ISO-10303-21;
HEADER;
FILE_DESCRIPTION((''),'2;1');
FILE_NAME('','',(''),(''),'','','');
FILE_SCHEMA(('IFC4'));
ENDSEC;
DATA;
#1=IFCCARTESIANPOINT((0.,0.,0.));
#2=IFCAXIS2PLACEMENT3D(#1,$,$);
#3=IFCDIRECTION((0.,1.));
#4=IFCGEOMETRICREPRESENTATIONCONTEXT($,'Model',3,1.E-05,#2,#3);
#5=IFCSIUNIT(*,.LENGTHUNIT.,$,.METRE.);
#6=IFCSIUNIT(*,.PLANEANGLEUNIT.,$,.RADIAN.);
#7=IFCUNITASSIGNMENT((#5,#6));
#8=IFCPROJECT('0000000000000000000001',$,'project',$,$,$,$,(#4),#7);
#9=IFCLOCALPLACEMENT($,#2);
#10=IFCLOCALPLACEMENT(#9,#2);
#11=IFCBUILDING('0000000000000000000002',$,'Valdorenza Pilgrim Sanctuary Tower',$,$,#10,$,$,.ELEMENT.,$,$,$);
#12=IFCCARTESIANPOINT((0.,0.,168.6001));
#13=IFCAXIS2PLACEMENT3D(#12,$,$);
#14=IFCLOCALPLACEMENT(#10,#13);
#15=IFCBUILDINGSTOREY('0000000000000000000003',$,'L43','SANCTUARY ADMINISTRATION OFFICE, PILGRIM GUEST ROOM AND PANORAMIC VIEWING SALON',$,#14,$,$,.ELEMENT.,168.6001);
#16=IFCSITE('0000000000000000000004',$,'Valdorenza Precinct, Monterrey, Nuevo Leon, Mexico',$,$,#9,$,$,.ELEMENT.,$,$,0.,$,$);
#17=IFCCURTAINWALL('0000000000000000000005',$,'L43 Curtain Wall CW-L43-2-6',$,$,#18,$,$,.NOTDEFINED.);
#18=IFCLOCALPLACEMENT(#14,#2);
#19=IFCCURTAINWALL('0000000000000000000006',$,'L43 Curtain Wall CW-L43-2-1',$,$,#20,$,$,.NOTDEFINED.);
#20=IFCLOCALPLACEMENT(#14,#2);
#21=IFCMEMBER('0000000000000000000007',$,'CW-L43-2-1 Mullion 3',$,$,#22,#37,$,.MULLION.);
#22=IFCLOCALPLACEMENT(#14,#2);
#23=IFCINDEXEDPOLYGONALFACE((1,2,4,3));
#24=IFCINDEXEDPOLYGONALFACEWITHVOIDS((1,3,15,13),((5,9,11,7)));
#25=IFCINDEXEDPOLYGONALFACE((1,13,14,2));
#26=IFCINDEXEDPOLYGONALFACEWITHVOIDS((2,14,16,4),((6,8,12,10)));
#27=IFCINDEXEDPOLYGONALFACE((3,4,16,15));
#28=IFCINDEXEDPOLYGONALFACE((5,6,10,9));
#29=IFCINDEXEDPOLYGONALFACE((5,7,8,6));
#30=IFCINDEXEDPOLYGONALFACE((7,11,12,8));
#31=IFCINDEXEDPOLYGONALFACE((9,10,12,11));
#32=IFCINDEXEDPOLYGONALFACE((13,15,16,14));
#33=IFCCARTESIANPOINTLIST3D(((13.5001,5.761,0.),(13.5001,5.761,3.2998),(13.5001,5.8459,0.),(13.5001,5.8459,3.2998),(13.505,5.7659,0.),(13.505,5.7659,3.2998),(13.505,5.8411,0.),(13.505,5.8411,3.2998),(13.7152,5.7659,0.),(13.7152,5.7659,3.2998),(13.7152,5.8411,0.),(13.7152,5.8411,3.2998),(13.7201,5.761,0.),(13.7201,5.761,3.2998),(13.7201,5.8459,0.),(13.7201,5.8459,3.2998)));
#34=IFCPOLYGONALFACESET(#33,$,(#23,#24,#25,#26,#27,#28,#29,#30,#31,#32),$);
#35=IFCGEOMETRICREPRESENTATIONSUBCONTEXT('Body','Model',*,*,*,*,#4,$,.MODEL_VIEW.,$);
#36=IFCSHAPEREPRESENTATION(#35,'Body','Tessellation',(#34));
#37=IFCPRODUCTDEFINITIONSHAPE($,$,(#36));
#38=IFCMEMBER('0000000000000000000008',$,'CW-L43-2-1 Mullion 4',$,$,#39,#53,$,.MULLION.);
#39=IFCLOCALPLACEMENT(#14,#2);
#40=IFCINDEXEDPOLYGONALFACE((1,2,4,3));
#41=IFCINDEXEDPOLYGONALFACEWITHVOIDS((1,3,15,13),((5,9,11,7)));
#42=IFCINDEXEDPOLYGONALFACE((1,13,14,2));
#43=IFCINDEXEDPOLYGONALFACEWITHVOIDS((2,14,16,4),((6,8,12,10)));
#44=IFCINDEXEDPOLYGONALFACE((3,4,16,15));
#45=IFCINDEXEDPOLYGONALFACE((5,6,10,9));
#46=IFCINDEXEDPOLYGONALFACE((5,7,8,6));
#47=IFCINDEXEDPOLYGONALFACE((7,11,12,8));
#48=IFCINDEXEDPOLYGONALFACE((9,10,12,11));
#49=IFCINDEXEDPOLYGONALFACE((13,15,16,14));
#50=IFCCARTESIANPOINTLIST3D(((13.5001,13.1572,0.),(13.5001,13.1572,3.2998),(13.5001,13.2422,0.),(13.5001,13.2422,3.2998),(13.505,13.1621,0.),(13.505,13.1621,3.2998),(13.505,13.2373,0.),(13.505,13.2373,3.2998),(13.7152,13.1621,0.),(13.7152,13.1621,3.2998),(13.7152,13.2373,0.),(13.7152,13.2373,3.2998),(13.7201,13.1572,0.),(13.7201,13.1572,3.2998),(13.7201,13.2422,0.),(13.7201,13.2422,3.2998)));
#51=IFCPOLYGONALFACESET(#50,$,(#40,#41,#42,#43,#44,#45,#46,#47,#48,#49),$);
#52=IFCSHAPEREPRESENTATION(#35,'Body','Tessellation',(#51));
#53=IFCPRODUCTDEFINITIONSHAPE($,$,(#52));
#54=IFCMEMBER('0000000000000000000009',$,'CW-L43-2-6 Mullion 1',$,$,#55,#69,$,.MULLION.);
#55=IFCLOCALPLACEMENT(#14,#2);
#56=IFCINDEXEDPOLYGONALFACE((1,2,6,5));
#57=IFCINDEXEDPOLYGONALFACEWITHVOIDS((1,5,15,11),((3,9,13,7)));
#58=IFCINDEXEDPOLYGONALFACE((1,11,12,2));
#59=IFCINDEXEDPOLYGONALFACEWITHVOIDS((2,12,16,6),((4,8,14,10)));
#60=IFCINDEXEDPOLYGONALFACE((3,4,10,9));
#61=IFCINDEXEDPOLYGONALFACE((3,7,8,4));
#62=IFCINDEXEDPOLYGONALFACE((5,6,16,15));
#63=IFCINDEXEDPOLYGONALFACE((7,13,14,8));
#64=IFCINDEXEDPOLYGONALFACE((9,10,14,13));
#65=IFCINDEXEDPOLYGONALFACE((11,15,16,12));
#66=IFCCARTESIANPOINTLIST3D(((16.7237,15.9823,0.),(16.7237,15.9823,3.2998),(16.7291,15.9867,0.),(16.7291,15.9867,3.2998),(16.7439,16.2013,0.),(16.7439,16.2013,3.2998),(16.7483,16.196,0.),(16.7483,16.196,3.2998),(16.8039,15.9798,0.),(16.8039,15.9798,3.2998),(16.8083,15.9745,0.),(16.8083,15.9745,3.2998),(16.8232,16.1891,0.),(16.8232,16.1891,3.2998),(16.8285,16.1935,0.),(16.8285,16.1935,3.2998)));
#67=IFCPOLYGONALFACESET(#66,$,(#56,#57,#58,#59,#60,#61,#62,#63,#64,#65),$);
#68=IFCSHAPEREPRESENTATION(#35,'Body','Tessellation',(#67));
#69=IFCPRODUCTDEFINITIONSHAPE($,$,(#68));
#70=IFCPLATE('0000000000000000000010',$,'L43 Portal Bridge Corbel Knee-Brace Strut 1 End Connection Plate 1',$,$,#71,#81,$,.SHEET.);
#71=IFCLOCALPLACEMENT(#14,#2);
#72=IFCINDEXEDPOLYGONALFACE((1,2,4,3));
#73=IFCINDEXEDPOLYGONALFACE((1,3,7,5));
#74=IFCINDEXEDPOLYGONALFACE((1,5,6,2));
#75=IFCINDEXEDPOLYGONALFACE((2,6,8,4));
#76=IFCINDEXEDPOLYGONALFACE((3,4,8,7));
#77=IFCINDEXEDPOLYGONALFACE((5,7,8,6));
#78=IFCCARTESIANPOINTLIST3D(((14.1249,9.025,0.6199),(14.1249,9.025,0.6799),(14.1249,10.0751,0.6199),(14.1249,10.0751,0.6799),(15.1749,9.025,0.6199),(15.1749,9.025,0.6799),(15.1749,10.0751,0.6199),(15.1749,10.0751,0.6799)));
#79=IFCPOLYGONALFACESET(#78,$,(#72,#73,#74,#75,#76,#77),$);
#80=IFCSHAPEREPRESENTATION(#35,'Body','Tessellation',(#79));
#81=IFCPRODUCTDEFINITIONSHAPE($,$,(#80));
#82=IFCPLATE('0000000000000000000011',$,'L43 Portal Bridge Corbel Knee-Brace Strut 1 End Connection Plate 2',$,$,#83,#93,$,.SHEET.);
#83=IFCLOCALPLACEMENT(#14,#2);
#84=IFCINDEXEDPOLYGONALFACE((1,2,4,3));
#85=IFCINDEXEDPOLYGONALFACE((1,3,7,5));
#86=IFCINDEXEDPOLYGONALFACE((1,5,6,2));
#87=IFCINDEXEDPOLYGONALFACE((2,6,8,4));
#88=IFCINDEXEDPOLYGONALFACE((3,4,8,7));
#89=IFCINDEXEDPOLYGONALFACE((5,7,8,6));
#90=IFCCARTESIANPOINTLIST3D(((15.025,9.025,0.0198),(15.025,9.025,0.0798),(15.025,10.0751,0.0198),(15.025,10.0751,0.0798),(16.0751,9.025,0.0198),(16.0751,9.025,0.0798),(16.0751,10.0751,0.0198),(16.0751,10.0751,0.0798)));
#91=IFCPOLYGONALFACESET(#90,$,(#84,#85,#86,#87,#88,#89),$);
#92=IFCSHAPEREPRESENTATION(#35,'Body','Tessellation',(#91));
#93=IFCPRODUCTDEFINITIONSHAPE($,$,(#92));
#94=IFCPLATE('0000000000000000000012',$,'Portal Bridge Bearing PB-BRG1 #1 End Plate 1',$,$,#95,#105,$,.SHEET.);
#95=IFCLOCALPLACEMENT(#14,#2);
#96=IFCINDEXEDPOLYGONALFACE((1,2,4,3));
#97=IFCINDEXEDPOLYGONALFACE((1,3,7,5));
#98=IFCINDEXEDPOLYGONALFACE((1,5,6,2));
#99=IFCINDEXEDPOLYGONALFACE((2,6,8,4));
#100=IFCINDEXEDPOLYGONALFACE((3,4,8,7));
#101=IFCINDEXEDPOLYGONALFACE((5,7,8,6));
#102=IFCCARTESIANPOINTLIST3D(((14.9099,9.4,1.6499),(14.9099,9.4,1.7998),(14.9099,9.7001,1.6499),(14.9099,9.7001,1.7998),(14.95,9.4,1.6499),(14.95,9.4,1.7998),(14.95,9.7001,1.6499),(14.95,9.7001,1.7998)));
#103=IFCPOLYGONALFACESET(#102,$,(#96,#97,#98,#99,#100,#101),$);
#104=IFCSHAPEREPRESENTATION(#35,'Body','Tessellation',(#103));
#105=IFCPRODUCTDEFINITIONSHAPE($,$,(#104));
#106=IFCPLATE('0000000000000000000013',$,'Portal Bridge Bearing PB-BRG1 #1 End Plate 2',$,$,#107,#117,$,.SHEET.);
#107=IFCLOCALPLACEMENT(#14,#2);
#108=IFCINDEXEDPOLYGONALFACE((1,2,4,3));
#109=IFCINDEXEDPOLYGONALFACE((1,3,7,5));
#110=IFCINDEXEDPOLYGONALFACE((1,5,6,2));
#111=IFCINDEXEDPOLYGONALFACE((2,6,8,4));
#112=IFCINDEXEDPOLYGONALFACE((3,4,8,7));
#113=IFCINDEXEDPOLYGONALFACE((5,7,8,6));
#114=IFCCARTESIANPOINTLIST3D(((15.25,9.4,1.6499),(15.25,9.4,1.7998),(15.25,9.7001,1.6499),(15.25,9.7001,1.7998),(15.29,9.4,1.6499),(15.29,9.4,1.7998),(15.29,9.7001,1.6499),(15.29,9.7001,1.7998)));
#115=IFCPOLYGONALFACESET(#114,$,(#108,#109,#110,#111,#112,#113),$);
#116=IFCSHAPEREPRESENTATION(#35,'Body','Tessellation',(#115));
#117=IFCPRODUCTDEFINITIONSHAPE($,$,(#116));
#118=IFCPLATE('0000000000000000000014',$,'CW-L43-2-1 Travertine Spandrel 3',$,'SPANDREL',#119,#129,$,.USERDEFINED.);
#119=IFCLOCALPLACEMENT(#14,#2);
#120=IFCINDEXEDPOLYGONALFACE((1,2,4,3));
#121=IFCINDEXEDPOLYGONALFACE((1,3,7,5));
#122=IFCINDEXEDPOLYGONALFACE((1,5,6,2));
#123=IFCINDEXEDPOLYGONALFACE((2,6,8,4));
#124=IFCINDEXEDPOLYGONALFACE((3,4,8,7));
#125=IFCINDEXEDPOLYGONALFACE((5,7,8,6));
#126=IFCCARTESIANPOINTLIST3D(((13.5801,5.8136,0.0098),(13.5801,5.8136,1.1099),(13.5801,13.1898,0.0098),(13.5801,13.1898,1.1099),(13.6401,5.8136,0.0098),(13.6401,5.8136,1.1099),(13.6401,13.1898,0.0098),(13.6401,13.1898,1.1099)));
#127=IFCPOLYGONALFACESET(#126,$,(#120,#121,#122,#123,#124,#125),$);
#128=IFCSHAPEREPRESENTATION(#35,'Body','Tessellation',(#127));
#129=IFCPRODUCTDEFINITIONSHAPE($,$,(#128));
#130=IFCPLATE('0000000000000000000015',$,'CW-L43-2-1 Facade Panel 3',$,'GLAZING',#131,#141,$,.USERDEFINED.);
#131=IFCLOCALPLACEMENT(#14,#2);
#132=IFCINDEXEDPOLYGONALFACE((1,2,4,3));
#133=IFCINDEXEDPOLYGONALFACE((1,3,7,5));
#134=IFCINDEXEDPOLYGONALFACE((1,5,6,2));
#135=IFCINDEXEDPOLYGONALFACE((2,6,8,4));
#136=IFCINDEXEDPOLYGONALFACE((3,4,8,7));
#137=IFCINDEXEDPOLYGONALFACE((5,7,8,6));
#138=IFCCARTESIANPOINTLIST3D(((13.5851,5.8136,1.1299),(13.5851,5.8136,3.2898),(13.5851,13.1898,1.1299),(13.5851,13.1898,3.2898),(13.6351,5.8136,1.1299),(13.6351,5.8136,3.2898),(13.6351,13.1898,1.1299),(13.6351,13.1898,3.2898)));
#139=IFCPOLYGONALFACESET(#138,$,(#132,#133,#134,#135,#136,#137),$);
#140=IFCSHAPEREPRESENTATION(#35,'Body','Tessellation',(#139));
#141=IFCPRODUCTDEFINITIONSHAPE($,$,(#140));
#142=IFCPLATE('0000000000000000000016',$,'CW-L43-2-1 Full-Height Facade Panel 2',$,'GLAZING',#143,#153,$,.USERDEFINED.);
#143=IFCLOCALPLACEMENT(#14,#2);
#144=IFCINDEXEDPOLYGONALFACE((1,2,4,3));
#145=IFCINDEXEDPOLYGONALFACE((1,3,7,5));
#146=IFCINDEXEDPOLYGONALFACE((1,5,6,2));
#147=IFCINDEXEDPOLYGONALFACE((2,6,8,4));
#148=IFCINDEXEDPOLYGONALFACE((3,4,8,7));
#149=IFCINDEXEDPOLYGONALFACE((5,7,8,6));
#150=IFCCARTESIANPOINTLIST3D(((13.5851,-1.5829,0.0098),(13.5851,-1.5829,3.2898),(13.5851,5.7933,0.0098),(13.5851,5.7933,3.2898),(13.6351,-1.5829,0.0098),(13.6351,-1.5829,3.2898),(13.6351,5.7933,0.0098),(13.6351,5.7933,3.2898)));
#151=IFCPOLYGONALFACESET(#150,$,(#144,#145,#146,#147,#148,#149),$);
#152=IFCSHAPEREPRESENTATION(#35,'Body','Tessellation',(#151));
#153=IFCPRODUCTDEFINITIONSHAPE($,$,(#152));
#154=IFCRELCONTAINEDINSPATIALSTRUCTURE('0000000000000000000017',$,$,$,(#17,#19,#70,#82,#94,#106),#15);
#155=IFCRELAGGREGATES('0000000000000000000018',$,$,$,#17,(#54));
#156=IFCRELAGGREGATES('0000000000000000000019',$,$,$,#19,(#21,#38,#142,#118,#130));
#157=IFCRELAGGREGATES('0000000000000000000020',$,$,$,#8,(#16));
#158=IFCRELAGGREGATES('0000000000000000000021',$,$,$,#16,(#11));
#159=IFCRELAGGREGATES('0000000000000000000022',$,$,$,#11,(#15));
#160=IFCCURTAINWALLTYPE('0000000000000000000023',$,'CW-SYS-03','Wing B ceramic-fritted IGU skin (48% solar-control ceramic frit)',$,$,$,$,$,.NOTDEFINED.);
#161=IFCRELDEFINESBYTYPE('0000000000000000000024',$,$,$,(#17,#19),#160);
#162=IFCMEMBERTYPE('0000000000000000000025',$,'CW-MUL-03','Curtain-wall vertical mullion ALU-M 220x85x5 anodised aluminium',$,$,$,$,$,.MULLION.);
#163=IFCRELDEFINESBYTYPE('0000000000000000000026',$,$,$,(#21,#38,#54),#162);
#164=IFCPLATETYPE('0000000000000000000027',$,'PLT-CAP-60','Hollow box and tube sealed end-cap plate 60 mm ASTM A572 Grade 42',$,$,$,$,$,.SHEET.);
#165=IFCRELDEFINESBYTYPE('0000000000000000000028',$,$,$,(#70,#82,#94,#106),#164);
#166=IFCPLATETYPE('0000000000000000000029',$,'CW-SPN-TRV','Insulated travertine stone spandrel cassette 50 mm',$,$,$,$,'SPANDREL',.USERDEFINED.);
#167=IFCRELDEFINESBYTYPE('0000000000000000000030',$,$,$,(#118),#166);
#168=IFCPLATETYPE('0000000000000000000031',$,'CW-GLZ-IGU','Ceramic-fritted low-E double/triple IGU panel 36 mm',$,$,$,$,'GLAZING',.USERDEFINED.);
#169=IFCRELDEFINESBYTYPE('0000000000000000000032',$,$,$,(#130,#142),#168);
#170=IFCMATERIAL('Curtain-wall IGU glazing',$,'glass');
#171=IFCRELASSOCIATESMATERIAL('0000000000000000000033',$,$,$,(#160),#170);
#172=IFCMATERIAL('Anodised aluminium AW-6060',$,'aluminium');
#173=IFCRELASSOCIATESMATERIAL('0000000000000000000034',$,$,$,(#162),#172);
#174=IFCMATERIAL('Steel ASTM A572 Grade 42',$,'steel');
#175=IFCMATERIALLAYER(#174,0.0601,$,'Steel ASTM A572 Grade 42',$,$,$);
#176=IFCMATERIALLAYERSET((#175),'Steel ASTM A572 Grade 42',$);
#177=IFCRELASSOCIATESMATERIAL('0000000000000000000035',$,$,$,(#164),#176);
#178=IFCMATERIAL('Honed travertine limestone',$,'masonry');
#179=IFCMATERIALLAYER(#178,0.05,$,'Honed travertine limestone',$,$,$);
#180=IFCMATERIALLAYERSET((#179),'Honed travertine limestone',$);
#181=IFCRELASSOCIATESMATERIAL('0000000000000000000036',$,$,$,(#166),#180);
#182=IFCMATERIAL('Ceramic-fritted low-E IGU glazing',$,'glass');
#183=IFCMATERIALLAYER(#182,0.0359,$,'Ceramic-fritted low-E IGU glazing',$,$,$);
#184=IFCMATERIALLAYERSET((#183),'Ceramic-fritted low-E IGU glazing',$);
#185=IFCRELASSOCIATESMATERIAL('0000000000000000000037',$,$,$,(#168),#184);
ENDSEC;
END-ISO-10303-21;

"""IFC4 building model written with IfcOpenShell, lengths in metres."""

from ifc_helpers import new_model, si_unit, direction, frame, origin, origin_2d, place, context, subcontext, project, spatial, rectangle, hollow_rectangle, extrude, source, transform, mapped, material, layer, layer_set, material_profile, profile_set, type_object, element, aggregate, save


model = new_model("IFC4")

# Units and contexts
model_context = context("Model", 3, precision=1e-05, world=origin(), true_north=direction((0.0, 1.0)))
body_context = subcontext(model_context, "Body", "Model", "MODEL_VIEW")
ifc_project = project(units=[si_unit("LENGTHUNIT", "METRE"), si_unit("PLANEANGLEUNIT", "RADIAN")], contexts=[model_context])

# Site, building, storey
site_placement = place(None, origin())
site = spatial("IfcSite", under=ifc_project, at=site_placement, Name="Valdorenza Precinct, Monterrey, Nuevo Leon, Mexico", CompositionType="ELEMENT", RefElevation=0.0)
building_placement = place(site_placement, origin())
building = spatial("IfcBuilding", under=site, at=building_placement, Name="Valdorenza Pilgrim Sanctuary Tower", CompositionType="ELEMENT")
storey_placement = place(building_placement, frame((0.0, 0.0, 168.6001)))
storey = spatial("IfcBuildingStorey", under=building, at=storey_placement, Name="L43", Description="SANCTUARY ADMINISTRATION OFFICE, PILGRIM GUEST ROOM AND PANORAMIC VIEWING SALON", CompositionType="ELEMENT", Elevation=168.6001)

# Shared definitions
ifc_material_1 = material(Name="Steel ASTM A572 Grade 42", Category="steel")

# Curtain wall
ifc_material_2 = material(Name="Curtain-wall IGU glazing", Category="glass")
curtain_wall_type = type_object("IfcCurtainWallType", Name="CW-SYS-03", Description="Wing B ceramic-fritted IGU skin (48% solar-control ceramic frit)", PredefinedType="NOTDEFINED", material=ifc_material_2)
curtain_wall_1_placement = place(storey_placement, origin())
curtain_wall_1 = element("IfcCurtainWall", 1, at=curtain_wall_1_placement, inside=storey, type_object=curtain_wall_type, Name="L43 Curtain Wall CW-L43-2-6", PredefinedType="NOTDEFINED")
ifc_material_3 = material(Name="Anodised aluminium AW-6060", Category="aluminium")

# Curtain wall, members
curtain_wall_2_placement = place(storey_placement, origin())
curtain_wall_2 = element("IfcCurtainWall", 2, at=curtain_wall_2_placement, inside=storey, type_object=curtain_wall_type, Name="L43 Curtain Wall CW-L43-2-1", PredefinedType="NOTDEFINED")
ifc_material_profile_1 = material_profile(ifc_material_3, hollow_rectangle(XDim=0.085, YDim=0.22, WallThickness=0.0049, at=origin_2d()), Name="ALU-M 220x85x5")
ifc_profile_set_1 = profile_set([ifc_material_profile_1], Name="Anodised aluminium AW-6060")
member_type_1 = type_object("IfcMemberType", Name="CW-MUL-03", Description="Curtain-wall vertical mullion ALU-M 220x85x5 anodised aluminium", PredefinedType="MULLION", material=ifc_profile_set_1)
shared_shape_1 = source(origin(), body_context, "Body", "SweptSolid", [
    extrude(hollow_rectangle(XDim=0.085, YDim=0.22, WallThickness=0.0049, at=origin_2d()), origin(), (0.0, 0.0, 1.0), 3.2998),
])
member_1_placement = place(storey_placement, frame((13.6101, 5.8035, 0.0), z_axis=(0.0, 0.0, 1.0), x_axis=(0.0, 1.0, 0.0)))
member_1 = element("IfcMember", 3, at=member_1_placement, type_object=member_type_1, Name="CW-L43-2-1 Mullion 3", PredefinedType="MULLION", context=body_context, shape_type="MappedRepresentation", body=[
    mapped(shared_shape_1, transform((0.0, 0.0, 0.0), x_axis=(1.0, 0.0, 0.0), y_axis=(0.0, 1.0, 0.0), z_axis=(0.0, 0.0, 1.0), scale=1.0)),
])
member_2_placement = place(storey_placement, frame((13.6101, 13.1997, 0.0), z_axis=(0.0, 0.0, 1.0), x_axis=(0.0, 1.0, 0.0)))
member_2 = element("IfcMember", 4, at=member_2_placement, type_object=member_type_1, Name="CW-L43-2-1 Mullion 4", PredefinedType="MULLION", context=body_context, shape_type="MappedRepresentation", body=[
    mapped(shared_shape_1, transform((0.0, 0.0, 0.0), x_axis=(1.0, 0.0, 0.0), y_axis=(0.0, 1.0, 0.0), z_axis=(0.0, 0.0, 1.0), scale=1.0)),
])

# Member
member_3_placement = place(storey_placement, frame((16.7761, 16.0879, 0.0), z_axis=(0.0, 0.0, 1.0), x_axis=(0.995794, -0.091623, 0.0)))
member_3 = element("IfcMember", 5, at=member_3_placement, type_object=member_type_1, Name="CW-L43-2-6 Mullion 1", PredefinedType="MULLION", context=body_context, shape_type="MappedRepresentation", body=[
    mapped(shared_shape_1, transform((0.0, 0.0, 0.0), x_axis=(1.0, 0.0, 0.0), y_axis=(0.0, 1.0, 0.0), z_axis=(0.0, 0.0, 1.0), scale=1.0)),
])
aggregate(curtain_wall_1, [member_3])

# Plates
ifc_layer_1 = layer(ifc_material_1, 0.0601, Name="Steel ASTM A572 Grade 42")
ifc_layer_set_1 = layer_set([ifc_layer_1], Name="Steel ASTM A572 Grade 42")
plate_type_1 = type_object("IfcPlateType", Name="PLT-CAP-60", Description="Hollow box and tube sealed end-cap plate 60 mm ASTM A572 Grade 42", PredefinedType="SHEET", material=ifc_layer_set_1)
shared_shape_2 = source(origin(), body_context, "Body", "SweptSolid", [
    extrude(rectangle(XDim=1.05, YDim=1.05, at=origin_2d()), origin(), (0.0, 0.0, 1.0), 0.0601),
])
for number, where, z_axis, x_axis, name in (
    (6, (14.6499, 9.55, 0.6199), (0.0, 0.0, 1.0), (1.0, 0.0, 0.0), "L43 Portal Bridge Corbel Knee-Brace Strut 1 End Connection Plate 1"),
    (7, (15.55, 9.55, 0.0198), (0.0, 0.0, 1.0), (1.0, 0.0, 0.0), "L43 Portal Bridge Corbel Knee-Brace Strut 1 End Connection Plate 2"),
):
    element("IfcPlate", number, at=place(storey_placement, frame(where, z_axis=z_axis, x_axis=x_axis)), inside=storey, type_object=plate_type_1, Name=name, PredefinedType="SHEET", context=body_context, shape_type="MappedRepresentation", body=[
        mapped(shared_shape_2, transform((0.0, 0.0, 0.0), x_axis=(1.0, 0.0, 0.0), y_axis=(0.0, 1.0, 0.0), z_axis=(0.0, 0.0, 1.0), scale=1.0)),
    ])
shared_shape_3 = source(origin(), body_context, "Body", "SweptSolid", [
    extrude(rectangle(XDim=0.04, YDim=0.3, at=origin_2d()), origin(), (0.0, 0.0, 1.0), 0.1499),
])
for number, where, z_axis, x_axis, name in (
    (8, (14.9299, 9.55, 1.6499), (0.0, 0.0, 1.0), (1.0, 0.0, 0.0), "Portal Bridge Bearing PB-BRG1 #1 End Plate 1"),
    (9, (15.27, 9.55, 1.6499), (0.0, 0.0, 1.0), (1.0, 0.0, 0.0), "Portal Bridge Bearing PB-BRG1 #1 End Plate 2"),
):
    element("IfcPlate", number, at=place(storey_placement, frame(where, z_axis=z_axis, x_axis=x_axis)), inside=storey, type_object=plate_type_1, Name=name, PredefinedType="SHEET", context=body_context, shape_type="MappedRepresentation", body=[
        mapped(shared_shape_3, transform((0.0, 0.0, 0.0), x_axis=(1.0, 0.0, 0.0), y_axis=(0.0, 1.0, 0.0), z_axis=(0.0, 0.0, 1.0), scale=1.0)),
    ])

# Plates
ifc_material_4 = material(Name="Honed travertine limestone", Category="masonry")
ifc_layer_2 = layer(ifc_material_4, 0.05, Name="Honed travertine limestone")
ifc_layer_set_2 = layer_set([ifc_layer_2], Name="Honed travertine limestone")
plate_type_2 = type_object("IfcPlateType", Name="CW-SPN-TRV", Description="Insulated travertine stone spandrel cassette 50 mm", ElementType="SPANDREL", PredefinedType="USERDEFINED", material=ifc_layer_set_2)
shared_shape_4 = source(origin(), body_context, "Body", "SweptSolid", [
    extrude(rectangle(XDim=7.3762, YDim=0.0601, at=origin_2d()), origin(), (0.0, 0.0, 1.0), 1.1001),
])
plate_1_placement = place(storey_placement, frame((13.6101, 9.5017, 0.0098), z_axis=(0.0, 0.0, 1.0), x_axis=(0.0, 1.0, 0.0)))
plate_1 = element("IfcPlate", 10, at=plate_1_placement, type_object=plate_type_2, Name="CW-L43-2-1 Travertine Spandrel 3", ObjectType="SPANDREL", PredefinedType="USERDEFINED", context=body_context, shape_type="MappedRepresentation", body=[
    mapped(shared_shape_4, transform((0.0, 0.0, 0.0), x_axis=(1.0, 0.0, 0.0), y_axis=(0.0, 1.0, 0.0), z_axis=(0.0, 0.0, 1.0), scale=1.0)),
])
ifc_material_5 = material(Name="Ceramic-fritted low-E IGU glazing", Category="glass")
ifc_layer_3 = layer(ifc_material_5, 0.0359, Name="Ceramic-fritted low-E IGU glazing")
ifc_layer_set_3 = layer_set([ifc_layer_3], Name="Ceramic-fritted low-E IGU glazing")
plate_type_3 = type_object("IfcPlateType", Name="CW-GLZ-IGU", Description="Ceramic-fritted low-E double/triple IGU panel 36 mm", ElementType="GLAZING", PredefinedType="USERDEFINED", material=ifc_layer_set_3)
shared_shape_5 = source(origin(), body_context, "Body", "SweptSolid", [
    extrude(rectangle(XDim=7.3762, YDim=0.05, at=origin_2d()), origin(), (0.0, 0.0, 1.0), 2.1599),
])
plate_2_placement = place(storey_placement, frame((13.6101, 9.5017, 1.1299), z_axis=(0.0, 0.0, 1.0), x_axis=(0.0, 1.0, 0.0)))
plate_2 = element("IfcPlate", 11, at=plate_2_placement, type_object=plate_type_3, Name="CW-L43-2-1 Facade Panel 3", ObjectType="GLAZING", PredefinedType="USERDEFINED", context=body_context, shape_type="MappedRepresentation", body=[
    mapped(shared_shape_5, transform((0.0, 0.0, 0.0), x_axis=(1.0, 0.0, 0.0), y_axis=(0.0, 1.0, 0.0), z_axis=(0.0, 0.0, 1.0), scale=1.0)),
])
shared_shape_6 = source(origin(), body_context, "Body", "SweptSolid", [
    extrude(rectangle(XDim=7.3762, YDim=0.05, at=origin_2d()), origin(), (0.0, 0.0, 1.0), 3.28),
])
plate_3_placement = place(storey_placement, frame((13.6101, 2.1052, 0.0098), z_axis=(0.0, 0.0, 1.0), x_axis=(0.0, 1.0, 0.0)))
plate_3 = element("IfcPlate", 12, at=plate_3_placement, type_object=plate_type_3, Name="CW-L43-2-1 Full-Height Facade Panel 2", ObjectType="GLAZING", PredefinedType="USERDEFINED", context=body_context, shape_type="MappedRepresentation", body=[
    mapped(shared_shape_6, transform((0.0, 0.0, 0.0), x_axis=(1.0, 0.0, 0.0), y_axis=(0.0, 1.0, 0.0), z_axis=(0.0, 0.0, 1.0), scale=1.0)),
])
aggregate(curtain_wall_2, [member_1, member_2, plate_3, plate_1, plate_2])

save(model, "model.ifc")
